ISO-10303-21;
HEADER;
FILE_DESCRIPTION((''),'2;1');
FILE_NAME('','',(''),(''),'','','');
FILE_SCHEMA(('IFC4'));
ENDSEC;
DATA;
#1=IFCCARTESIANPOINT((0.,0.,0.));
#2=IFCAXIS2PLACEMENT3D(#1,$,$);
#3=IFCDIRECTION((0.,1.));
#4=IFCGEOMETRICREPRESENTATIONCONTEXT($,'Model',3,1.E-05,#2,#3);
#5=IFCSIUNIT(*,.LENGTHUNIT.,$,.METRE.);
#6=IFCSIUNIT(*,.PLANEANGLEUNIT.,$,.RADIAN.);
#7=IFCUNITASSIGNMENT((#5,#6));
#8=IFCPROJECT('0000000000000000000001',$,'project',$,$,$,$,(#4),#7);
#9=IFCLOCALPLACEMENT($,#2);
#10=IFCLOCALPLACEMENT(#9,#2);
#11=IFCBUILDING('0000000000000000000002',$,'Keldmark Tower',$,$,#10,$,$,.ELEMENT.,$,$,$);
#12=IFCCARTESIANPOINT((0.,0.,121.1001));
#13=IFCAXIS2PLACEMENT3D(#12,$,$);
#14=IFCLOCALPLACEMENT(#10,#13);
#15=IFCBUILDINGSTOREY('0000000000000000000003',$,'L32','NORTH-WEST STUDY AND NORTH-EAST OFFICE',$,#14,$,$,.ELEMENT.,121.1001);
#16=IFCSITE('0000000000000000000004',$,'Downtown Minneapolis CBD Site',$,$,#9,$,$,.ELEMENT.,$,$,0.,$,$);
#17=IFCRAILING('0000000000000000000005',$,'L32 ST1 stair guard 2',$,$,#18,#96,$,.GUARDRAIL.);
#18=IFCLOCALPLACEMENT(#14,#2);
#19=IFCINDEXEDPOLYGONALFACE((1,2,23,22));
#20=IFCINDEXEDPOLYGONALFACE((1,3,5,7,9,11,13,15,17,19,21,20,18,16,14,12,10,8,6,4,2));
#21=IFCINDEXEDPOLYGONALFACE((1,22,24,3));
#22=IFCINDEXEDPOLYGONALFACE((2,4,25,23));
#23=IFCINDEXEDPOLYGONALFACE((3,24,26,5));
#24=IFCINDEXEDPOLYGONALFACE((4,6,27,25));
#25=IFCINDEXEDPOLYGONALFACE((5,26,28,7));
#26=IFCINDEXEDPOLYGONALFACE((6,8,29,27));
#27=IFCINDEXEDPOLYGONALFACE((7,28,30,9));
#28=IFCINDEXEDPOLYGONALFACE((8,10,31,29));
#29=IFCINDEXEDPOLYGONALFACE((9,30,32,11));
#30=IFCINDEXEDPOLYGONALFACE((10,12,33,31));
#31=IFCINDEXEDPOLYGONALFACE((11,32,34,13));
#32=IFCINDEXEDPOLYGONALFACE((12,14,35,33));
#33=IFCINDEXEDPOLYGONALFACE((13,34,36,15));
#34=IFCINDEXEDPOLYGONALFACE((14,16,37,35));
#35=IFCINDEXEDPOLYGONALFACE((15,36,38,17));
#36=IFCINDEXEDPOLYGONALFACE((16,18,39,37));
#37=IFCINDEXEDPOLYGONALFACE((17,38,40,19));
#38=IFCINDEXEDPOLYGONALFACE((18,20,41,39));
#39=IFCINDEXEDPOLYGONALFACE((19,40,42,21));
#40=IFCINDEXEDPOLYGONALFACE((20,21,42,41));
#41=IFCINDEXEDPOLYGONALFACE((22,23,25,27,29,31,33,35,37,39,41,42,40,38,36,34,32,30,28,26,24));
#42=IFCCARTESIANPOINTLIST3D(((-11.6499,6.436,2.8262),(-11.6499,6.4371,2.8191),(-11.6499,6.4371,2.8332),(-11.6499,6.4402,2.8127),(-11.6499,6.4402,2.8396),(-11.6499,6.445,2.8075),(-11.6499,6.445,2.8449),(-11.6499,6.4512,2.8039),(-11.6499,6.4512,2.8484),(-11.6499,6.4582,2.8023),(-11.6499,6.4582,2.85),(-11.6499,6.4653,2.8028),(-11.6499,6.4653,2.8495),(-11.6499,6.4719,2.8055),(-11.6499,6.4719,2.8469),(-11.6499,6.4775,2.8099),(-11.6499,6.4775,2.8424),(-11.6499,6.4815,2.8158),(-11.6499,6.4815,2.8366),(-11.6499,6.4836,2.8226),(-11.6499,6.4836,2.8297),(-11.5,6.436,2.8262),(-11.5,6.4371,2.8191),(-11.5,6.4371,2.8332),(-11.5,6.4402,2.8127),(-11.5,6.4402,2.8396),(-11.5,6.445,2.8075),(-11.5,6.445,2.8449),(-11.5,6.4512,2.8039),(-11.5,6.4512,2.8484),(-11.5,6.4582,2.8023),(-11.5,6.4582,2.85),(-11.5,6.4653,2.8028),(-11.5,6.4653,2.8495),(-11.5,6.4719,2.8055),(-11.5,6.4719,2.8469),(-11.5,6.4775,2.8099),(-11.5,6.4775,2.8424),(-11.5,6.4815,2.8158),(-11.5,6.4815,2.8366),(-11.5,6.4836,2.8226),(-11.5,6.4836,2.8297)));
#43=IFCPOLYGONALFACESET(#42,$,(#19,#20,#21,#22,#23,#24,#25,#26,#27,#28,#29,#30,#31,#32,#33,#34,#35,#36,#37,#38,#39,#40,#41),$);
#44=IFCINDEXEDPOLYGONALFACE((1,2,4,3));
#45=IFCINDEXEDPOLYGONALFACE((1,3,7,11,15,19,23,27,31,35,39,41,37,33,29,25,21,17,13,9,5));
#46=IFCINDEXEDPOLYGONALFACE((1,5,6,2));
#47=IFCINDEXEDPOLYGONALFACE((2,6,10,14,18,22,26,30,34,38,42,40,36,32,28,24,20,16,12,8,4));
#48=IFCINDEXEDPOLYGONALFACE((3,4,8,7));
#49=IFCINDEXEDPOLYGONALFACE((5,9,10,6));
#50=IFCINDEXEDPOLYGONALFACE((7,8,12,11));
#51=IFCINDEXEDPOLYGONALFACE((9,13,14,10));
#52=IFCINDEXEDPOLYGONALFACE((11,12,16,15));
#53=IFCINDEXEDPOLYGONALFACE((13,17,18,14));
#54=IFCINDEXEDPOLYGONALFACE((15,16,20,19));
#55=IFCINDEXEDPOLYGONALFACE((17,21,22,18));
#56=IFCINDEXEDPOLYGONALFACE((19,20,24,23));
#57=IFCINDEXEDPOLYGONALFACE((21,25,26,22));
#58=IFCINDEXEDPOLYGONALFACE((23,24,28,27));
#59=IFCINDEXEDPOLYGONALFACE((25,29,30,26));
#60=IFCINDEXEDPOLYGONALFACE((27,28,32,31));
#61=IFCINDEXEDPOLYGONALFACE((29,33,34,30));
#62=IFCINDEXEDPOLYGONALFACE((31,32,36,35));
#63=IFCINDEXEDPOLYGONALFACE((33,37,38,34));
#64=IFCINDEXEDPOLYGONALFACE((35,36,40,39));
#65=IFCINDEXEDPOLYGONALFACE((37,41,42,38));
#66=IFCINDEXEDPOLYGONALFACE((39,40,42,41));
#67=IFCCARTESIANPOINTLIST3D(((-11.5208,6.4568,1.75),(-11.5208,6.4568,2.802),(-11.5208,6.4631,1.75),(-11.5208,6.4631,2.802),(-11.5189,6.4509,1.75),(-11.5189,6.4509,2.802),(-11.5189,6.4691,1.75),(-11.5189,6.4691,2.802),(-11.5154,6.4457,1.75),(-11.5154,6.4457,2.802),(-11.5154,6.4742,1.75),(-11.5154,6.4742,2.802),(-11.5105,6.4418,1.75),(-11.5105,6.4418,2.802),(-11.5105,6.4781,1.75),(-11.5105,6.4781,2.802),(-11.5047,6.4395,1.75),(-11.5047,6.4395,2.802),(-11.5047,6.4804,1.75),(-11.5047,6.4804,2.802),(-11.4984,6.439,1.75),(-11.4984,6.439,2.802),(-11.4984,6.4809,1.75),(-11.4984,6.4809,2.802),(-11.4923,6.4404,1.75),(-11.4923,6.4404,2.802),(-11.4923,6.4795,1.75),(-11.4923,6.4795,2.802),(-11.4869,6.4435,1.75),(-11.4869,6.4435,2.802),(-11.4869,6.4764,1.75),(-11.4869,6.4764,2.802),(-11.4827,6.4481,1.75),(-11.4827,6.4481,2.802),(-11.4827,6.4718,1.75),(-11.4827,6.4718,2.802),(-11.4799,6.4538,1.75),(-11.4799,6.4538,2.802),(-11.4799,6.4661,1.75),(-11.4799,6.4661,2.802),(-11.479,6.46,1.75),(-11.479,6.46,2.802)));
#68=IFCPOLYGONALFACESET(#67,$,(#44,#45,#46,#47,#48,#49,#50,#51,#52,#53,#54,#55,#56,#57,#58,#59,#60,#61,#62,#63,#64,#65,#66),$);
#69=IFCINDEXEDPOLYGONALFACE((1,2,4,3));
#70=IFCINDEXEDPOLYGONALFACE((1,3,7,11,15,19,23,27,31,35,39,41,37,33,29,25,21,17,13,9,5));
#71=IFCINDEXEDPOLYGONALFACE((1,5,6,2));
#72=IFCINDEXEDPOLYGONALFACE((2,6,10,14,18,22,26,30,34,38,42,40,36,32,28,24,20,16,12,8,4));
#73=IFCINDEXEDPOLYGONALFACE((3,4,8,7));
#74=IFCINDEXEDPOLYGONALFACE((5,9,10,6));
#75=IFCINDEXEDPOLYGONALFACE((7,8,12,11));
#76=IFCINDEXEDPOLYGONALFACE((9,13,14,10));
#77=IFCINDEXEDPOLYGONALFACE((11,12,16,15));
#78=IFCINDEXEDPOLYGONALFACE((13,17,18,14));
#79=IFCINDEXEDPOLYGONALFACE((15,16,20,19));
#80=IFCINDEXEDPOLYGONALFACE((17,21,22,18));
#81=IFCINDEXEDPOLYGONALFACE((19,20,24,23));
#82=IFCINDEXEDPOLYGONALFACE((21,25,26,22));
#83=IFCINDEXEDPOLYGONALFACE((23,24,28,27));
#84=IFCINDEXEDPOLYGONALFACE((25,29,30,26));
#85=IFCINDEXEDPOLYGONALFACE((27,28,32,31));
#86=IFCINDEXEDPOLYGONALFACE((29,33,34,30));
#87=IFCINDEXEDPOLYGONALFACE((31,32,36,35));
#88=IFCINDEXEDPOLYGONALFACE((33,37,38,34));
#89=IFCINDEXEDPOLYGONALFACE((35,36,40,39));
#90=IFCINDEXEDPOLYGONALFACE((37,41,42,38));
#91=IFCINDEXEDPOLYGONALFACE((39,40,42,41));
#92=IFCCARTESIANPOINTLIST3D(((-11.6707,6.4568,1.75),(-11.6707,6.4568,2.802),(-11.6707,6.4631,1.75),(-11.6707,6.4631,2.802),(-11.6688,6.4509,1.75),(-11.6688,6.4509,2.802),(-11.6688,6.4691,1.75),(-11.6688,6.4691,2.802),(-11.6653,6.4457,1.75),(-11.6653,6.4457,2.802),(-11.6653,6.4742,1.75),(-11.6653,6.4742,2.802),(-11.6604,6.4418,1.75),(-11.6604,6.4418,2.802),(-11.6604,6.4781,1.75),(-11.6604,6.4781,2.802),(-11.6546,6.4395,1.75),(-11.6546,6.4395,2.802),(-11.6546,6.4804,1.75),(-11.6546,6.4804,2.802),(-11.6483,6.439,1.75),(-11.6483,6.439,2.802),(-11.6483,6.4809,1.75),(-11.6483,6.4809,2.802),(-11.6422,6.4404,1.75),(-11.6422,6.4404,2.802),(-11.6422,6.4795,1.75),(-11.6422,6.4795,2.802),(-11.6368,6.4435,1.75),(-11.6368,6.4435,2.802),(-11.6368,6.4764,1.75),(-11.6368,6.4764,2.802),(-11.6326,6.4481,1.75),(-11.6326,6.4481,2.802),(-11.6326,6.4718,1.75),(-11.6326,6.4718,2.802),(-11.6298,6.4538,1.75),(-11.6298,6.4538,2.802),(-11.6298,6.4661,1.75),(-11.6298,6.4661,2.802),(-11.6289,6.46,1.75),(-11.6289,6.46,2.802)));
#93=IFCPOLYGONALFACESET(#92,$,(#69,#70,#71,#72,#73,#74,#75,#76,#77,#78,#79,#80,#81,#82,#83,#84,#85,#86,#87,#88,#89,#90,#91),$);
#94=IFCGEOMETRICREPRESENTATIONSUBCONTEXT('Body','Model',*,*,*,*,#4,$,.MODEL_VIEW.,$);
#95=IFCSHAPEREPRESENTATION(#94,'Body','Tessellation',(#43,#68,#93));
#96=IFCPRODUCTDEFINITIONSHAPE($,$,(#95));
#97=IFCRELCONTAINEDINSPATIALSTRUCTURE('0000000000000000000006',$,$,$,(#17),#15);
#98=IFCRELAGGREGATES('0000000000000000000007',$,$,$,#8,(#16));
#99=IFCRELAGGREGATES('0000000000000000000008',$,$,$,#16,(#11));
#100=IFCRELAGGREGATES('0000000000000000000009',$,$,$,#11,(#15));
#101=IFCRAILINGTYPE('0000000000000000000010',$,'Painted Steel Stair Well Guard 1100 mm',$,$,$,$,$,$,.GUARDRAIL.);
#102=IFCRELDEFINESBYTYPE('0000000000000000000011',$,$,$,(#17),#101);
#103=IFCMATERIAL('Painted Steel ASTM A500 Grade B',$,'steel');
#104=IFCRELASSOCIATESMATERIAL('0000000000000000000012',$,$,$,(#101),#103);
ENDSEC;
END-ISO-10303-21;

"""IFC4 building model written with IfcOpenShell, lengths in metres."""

from ifc_helpers import new_model, si_unit, direction, frame, origin, origin_2d, place, context, subcontext, project, spatial, circle, extrude, material, type_object, element, save


model = new_model("IFC4")

# Units and contexts
model_context = context("Model", 3, precision=1e-05, world=origin(), true_north=direction((0.0, 1.0)))
body_context = subcontext(model_context, "Body", "Model", "MODEL_VIEW")
ifc_project = project(units=[si_unit("LENGTHUNIT", "METRE"), si_unit("PLANEANGLEUNIT", "RADIAN")], contexts=[model_context])

# Site, building, storey
site_placement = place(None, origin())
site = spatial("IfcSite", under=ifc_project, at=site_placement, Name="Downtown Minneapolis CBD Site", CompositionType="ELEMENT", RefElevation=0.0)
building_placement = place(site_placement, origin())
building = spatial("IfcBuilding", under=site, at=building_placement, Name="Keldmark Tower", CompositionType="ELEMENT")
storey_placement = place(building_placement, frame((0.0, 0.0, 121.1001)))
storey = spatial("IfcBuildingStorey", under=building, at=storey_placement, Name="L32", Description="NORTH-WEST STUDY AND NORTH-EAST OFFICE", CompositionType="ELEMENT", Elevation=121.1001)

# Railing
ifc_material_1 = material(Name="Painted Steel ASTM A500 Grade B", Category="steel")
railing_type_1 = type_object("IfcRailingType", Name="Painted Steel Stair Well Guard 1100 mm", PredefinedType="GUARDRAIL", material=ifc_material_1)
railing_1_placement = place(storey_placement, frame((-11.5, 6.46, 1.75)))
element("IfcRailing", 1, at=railing_1_placement, inside=storey, type_object=railing_type_1, Name="L32 ST1 stair guard 2", PredefinedType="GUARDRAIL", context=body_context, shape_type="SweptSolid", body=[
    extrude(circle(Radius=0.0239, at=origin_2d()), frame((0.0, 0.0, 1.0762), z_axis=(-1.0, 0.0, 0.0), x_axis=(0.0, -1.0, 0.0)), (0.0, 0.0, 1.0), 0.1499),
    extrude(circle(Radius=0.021, at=origin_2d()), origin(), (0.0, 0.0, 1.0), 1.052),
    extrude(circle(Radius=0.021, at=origin_2d()), frame((-0.1499, 0.0, 0.0)), (0.0, 0.0, 1.0), 1.052),
])

save(model, "model.ifc")
